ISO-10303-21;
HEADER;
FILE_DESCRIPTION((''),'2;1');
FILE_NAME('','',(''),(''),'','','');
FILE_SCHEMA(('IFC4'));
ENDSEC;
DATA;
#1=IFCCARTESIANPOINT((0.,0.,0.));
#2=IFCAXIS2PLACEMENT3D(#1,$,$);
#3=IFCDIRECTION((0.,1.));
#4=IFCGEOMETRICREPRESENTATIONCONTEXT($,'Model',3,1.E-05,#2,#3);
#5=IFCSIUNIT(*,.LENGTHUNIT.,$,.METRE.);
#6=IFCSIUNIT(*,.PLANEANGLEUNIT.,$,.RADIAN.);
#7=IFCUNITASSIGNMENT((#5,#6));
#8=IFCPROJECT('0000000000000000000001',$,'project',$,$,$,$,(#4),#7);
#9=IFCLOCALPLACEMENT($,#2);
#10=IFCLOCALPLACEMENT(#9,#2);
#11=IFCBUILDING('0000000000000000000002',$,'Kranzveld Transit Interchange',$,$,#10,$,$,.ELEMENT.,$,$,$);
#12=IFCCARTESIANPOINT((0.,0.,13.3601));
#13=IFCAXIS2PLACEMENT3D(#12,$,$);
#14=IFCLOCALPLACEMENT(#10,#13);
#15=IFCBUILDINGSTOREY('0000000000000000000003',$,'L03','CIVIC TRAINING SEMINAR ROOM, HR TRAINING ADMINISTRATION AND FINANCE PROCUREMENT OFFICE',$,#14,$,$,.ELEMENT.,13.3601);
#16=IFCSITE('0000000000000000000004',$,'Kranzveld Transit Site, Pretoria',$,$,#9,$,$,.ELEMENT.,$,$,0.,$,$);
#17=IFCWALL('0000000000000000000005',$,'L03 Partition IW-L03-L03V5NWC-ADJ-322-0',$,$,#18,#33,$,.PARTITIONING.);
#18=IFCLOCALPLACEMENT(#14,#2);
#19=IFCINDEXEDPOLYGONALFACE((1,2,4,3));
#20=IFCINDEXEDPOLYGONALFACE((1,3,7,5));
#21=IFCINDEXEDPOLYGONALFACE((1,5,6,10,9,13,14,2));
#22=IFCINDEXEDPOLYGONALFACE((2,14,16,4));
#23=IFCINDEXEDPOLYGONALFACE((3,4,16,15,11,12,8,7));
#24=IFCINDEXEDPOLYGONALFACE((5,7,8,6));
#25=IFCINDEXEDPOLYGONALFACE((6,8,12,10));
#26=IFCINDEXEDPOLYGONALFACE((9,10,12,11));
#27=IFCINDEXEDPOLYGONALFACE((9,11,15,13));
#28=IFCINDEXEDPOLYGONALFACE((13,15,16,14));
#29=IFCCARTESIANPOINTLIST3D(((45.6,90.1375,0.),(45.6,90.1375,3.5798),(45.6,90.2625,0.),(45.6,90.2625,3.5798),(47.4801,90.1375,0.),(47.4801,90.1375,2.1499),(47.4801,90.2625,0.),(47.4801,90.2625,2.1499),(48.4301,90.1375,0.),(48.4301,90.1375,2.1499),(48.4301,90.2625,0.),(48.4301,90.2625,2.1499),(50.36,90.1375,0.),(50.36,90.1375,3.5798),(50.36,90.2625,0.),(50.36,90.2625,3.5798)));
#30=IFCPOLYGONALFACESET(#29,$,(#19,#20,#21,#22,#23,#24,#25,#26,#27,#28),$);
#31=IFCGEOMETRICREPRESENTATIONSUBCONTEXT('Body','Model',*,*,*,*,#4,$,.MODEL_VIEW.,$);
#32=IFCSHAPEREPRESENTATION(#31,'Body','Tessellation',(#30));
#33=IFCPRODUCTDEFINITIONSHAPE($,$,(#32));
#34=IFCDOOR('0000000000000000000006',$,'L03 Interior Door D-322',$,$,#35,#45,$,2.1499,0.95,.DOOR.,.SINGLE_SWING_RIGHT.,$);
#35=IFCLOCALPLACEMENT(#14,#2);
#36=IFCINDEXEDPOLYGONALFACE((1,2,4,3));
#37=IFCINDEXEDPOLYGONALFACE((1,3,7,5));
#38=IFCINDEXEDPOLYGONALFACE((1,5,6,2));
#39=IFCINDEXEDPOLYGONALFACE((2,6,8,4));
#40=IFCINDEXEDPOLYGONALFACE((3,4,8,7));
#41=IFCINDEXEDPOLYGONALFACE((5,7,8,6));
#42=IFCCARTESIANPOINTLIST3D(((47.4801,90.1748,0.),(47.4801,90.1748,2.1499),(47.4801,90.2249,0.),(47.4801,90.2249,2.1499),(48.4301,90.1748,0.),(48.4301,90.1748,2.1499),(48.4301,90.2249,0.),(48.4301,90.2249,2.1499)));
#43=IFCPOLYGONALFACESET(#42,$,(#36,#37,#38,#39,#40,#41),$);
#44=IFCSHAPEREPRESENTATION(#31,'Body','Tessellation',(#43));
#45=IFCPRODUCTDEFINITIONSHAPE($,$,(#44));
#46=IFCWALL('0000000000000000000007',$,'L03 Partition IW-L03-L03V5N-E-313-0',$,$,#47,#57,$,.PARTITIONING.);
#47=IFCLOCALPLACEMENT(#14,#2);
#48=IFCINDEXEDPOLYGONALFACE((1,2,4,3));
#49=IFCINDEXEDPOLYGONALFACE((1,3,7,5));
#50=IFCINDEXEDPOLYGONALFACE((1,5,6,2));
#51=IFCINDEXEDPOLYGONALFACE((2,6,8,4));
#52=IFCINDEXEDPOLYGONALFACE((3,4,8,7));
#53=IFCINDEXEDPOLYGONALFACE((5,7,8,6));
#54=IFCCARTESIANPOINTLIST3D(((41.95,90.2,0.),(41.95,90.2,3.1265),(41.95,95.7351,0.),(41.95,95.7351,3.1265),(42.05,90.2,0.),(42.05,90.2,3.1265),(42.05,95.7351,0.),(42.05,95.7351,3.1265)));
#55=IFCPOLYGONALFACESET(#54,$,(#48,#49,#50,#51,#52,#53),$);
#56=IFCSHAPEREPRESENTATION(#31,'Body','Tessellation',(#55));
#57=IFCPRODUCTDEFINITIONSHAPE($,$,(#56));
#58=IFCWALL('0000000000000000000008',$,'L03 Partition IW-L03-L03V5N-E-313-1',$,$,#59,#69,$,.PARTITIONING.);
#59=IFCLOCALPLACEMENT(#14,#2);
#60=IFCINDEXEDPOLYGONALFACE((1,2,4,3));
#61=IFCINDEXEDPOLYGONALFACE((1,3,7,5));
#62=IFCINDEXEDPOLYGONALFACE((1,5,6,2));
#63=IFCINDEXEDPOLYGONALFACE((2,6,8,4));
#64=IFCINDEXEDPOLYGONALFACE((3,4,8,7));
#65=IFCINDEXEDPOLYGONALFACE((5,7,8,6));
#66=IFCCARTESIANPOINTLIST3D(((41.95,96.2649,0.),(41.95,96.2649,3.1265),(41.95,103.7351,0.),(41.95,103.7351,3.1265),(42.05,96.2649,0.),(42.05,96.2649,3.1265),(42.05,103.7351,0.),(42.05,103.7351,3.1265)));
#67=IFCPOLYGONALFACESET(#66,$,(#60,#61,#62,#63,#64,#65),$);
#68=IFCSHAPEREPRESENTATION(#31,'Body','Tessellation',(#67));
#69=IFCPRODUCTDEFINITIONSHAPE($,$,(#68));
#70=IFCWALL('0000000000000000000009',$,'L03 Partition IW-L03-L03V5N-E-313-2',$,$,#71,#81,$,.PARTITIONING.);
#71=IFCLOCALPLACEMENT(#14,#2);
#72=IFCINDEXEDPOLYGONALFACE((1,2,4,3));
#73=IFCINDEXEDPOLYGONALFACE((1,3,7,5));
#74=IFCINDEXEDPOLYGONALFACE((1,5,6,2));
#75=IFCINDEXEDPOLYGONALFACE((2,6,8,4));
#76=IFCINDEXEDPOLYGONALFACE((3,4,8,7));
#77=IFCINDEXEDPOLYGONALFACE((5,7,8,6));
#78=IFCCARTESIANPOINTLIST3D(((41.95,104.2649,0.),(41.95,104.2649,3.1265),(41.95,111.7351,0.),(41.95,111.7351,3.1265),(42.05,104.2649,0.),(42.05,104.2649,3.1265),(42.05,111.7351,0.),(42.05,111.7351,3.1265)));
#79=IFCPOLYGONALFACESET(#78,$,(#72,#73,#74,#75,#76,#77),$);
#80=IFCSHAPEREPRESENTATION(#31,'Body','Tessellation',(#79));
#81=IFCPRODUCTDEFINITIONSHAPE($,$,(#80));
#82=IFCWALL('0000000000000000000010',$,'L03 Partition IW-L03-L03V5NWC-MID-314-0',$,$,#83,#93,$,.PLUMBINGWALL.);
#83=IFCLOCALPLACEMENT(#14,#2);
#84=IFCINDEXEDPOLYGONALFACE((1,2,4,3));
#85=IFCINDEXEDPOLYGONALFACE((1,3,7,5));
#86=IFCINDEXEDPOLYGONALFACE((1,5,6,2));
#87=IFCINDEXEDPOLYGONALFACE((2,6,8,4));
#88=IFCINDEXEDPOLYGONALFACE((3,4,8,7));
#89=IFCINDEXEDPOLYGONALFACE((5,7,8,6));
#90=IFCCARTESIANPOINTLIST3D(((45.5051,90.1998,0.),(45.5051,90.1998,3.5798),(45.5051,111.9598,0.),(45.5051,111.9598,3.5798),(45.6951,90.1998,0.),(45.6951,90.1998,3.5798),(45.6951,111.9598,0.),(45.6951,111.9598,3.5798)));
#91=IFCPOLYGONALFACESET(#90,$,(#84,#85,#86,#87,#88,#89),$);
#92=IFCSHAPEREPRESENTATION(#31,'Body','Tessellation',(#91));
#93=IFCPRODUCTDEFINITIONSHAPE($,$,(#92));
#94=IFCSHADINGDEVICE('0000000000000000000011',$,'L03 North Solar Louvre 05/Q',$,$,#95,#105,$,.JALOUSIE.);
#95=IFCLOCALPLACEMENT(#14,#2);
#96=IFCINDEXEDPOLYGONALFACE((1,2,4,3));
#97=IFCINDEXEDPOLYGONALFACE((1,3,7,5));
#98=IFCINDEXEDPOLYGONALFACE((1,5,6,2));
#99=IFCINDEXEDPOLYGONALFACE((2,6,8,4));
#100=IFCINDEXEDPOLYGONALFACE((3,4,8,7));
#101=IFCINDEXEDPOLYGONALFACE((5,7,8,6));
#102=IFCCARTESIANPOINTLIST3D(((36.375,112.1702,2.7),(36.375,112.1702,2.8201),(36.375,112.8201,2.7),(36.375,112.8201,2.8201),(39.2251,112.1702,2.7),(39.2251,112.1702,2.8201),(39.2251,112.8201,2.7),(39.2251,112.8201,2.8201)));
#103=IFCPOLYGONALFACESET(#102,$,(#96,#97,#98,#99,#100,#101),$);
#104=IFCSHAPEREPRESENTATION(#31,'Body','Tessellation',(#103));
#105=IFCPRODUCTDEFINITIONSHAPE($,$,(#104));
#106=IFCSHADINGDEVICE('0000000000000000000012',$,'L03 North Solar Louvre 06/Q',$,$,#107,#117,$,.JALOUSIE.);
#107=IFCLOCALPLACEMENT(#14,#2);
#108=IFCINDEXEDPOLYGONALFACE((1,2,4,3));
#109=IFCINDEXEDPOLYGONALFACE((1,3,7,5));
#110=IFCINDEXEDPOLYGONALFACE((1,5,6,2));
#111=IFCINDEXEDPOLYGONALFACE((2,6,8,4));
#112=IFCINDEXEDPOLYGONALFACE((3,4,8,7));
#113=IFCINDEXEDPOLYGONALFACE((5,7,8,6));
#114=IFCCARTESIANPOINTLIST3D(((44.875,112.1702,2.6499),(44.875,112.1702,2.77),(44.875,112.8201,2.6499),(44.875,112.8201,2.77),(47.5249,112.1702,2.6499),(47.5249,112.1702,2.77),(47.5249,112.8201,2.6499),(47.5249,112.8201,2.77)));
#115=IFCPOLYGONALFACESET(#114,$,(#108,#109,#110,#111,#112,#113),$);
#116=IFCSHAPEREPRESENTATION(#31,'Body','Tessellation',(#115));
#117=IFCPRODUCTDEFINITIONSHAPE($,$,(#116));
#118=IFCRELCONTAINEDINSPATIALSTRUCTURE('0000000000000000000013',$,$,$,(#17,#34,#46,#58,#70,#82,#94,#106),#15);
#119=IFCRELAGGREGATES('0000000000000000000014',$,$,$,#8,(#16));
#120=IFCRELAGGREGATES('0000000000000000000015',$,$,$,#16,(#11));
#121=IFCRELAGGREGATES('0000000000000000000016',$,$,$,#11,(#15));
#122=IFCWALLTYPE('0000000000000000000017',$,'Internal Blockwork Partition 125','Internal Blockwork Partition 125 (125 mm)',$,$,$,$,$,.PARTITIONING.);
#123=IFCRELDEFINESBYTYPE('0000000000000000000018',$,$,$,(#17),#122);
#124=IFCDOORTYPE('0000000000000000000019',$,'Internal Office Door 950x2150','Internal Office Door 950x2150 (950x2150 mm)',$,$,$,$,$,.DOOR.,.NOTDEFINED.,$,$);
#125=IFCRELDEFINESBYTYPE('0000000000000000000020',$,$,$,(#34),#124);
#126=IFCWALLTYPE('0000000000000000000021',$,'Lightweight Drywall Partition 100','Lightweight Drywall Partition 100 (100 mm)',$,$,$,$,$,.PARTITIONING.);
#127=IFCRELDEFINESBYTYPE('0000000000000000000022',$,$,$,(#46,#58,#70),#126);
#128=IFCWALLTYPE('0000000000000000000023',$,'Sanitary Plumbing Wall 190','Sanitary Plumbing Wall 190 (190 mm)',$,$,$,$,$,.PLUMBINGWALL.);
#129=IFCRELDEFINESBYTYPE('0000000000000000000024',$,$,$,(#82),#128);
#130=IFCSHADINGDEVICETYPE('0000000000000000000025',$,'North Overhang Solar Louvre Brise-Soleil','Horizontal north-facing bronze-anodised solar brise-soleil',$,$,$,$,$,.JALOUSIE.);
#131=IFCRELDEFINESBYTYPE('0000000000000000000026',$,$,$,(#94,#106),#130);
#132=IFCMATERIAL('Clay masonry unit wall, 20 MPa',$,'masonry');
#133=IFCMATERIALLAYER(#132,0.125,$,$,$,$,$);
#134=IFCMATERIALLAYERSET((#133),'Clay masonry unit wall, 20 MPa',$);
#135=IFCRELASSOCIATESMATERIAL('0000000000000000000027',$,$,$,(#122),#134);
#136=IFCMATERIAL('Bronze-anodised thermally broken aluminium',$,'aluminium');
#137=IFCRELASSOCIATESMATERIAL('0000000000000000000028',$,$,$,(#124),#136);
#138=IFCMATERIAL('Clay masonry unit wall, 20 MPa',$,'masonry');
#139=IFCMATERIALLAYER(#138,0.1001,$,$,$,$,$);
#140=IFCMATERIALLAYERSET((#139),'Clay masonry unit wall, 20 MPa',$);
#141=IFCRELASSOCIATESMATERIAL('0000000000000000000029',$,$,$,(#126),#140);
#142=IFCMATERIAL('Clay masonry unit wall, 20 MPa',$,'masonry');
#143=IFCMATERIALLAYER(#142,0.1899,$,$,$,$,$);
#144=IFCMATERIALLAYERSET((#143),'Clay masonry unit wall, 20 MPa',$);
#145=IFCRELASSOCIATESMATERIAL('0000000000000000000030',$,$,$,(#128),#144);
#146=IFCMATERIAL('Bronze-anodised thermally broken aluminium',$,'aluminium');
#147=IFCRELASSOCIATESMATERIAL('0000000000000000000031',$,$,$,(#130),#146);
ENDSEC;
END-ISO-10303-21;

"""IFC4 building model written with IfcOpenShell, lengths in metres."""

from ifc_helpers import new_model, si_unit, direction, frame, frame_2d, origin, origin_2d, place, context, subcontext, project, spatial, rectangle, extrude, material, layer, layer_set, type_object, element, fill, save


model = new_model("IFC4")

# Units and contexts
model_context = context("Model", 3, precision=1e-05, world=origin(), true_north=direction((0.0, 1.0)))
body_context = subcontext(model_context, "Body", "Model", "MODEL_VIEW")
ifc_project = project(units=[si_unit("LENGTHUNIT", "METRE"), si_unit("PLANEANGLEUNIT", "RADIAN")], contexts=[model_context])

# Site, building, storey
site_placement = place(None, origin())
site = spatial("IfcSite", under=ifc_project, at=site_placement, Name="Kranzveld Transit Site, Pretoria", CompositionType="ELEMENT", RefElevation=0.0)
building_placement = place(site_placement, origin())
building = spatial("IfcBuilding", under=site, at=building_placement, Name="Kranzveld Transit Interchange", CompositionType="ELEMENT")
storey_placement = place(building_placement, frame((0.0, 0.0, 13.3601)))
storey = spatial("IfcBuildingStorey", under=building, at=storey_placement, Name="L03", Description="CIVIC TRAINING SEMINAR ROOM, HR TRAINING ADMINISTRATION AND FINANCE PROCUREMENT OFFICE", CompositionType="ELEMENT", Elevation=13.3601)

# Wall, opening, door
ifc_material_1 = material(Name="Clay masonry unit wall, 20 MPa", Category="masonry")
ifc_layer_1 = layer(ifc_material_1, 0.125)
ifc_layer_set_1 = layer_set([ifc_layer_1], Name="Clay masonry unit wall, 20 MPa")
wall_type_1 = type_object("IfcWallType", Name="Internal Blockwork Partition 125", Description="Internal Blockwork Partition 125 (125 mm)", PredefinedType="PARTITIONING", material=ifc_layer_set_1)
wall_1_placement = place(storey_placement, frame((45.6001, 90.2, 0.0), z_axis=(0.0, 0.0, 1.0), x_axis=(1.0, 0.0, 0.0)))
wall_1 = element("IfcWall", 1, at=wall_1_placement, inside=storey, type_object=wall_type_1, Name="L03 Partition IW-L03-L03V5NWC-ADJ-322-0", PredefinedType="PARTITIONING", context=body_context, shape_type="SweptSolid", body=[
    extrude(rectangle(XDim=4.76, YDim=0.125, at=frame_2d((2.3799, 0.0))), origin(), (0.0, 0.0, 1.0), 3.5798),
])
opening_1_placement = place(wall_1_placement, frame((1.8799, 0.0, 0.0), z_axis=(0.0, 0.0, 1.0), x_axis=(1.0, 0.0, 0.0)))
opening_1 = element("IfcOpeningElement", 2, at=opening_1_placement, cuts=wall_1, PredefinedType="OPENING", context=body_context, shape_type="SweptSolid", body=[
    extrude(rectangle(XDim=0.95, YDim=2.1499, at=frame_2d((0.4751, 1.075))), frame((0.0, 0.0725, 0.0), z_axis=(0.0, -1.0, 0.0), x_axis=(1.0, 0.0, 0.0)), (0.0, 0.0, 1.0), 0.145),
])
ifc_material_2 = material(Name="Bronze-anodised thermally broken aluminium", Category="aluminium")
door_type_1 = type_object("IfcDoorType", Name="Internal Office Door 950x2150", Description="Internal Office Door 950x2150 (950x2150 mm)", OperationType="NOTDEFINED", PredefinedType="DOOR", material=ifc_material_2)
door_1_placement = place(opening_1_placement, origin())
door_1 = element("IfcDoor", 3, at=door_1_placement, inside=storey, type_object=door_type_1, Name="L03 Interior Door D-322", OperationType="SINGLE_SWING_RIGHT", OverallHeight=2.1499, OverallWidth=0.95, PredefinedType="DOOR", context=body_context, shape_type="SweptSolid", body=[
    extrude(rectangle(XDim=0.95, YDim=2.1499, at=frame_2d((0.4751, 1.075))), frame((0.0, 0.0249, 0.0), z_axis=(0.0, -1.0, 0.0), x_axis=(1.0, 0.0, 0.0)), (0.0, 0.0, 1.0), 0.05),
])
fill(opening_1, door_1)

# Walls
ifc_material_3 = material(Name="Clay masonry unit wall, 20 MPa", Category="masonry")
ifc_layer_2 = layer(ifc_material_3, 0.1001)
ifc_layer_set_2 = layer_set([ifc_layer_2], Name="Clay masonry unit wall, 20 MPa")
wall_type_2 = type_object("IfcWallType", Name="Lightweight Drywall Partition 100", Description="Lightweight Drywall Partition 100 (100 mm)", PredefinedType="PARTITIONING", material=ifc_layer_set_2)
wall_2_placement = place(storey_placement, frame((42.0, 90.2, 0.0), z_axis=(0.0, 0.0, 1.0), x_axis=(0.0, 1.0, 0.0)))
element("IfcWall", 4, at=wall_2_placement, inside=storey, type_object=wall_type_2, Name="L03 Partition IW-L03-L03V5N-E-313-0", PredefinedType="PARTITIONING", context=body_context, shape_type="SweptSolid", body=[
    extrude(rectangle(XDim=5.5352, YDim=0.1001, at=frame_2d((2.7676, 0.0))), origin(), (0.0, 0.0, 1.0), 3.1265),
])
for number, where, z_axis, x_axis, name in (
    (5, (42.0, 96.2649, 0.0), (0.0, 0.0, 1.0), (0.0, 1.0, 0.0), "L03 Partition IW-L03-L03V5N-E-313-1"),
    (6, (42.0, 104.2649, 0.0), (0.0, 0.0, 1.0), (0.0, 1.0, 0.0), "L03 Partition IW-L03-L03V5N-E-313-2"),
):
    element("IfcWall", number, at=place(storey_placement, frame(where, z_axis=z_axis, x_axis=x_axis)), inside=storey, type_object=wall_type_2, Name=name, PredefinedType="PARTITIONING", context=body_context, shape_type="SweptSolid", body=[
        extrude(rectangle(XDim=7.4702, YDim=0.1001, at=frame_2d((3.7351, 0.0))), origin(), (0.0, 0.0, 1.0), 3.1265),
    ])

# Shared definitions
ifc_material_4 = material(Name="Clay masonry unit wall, 20 MPa", Category="masonry")
ifc_layer_3 = layer(ifc_material_4, 0.1899)
ifc_layer_set_3 = layer_set([ifc_layer_3], Name="Clay masonry unit wall, 20 MPa")
wall_type_3 = type_object("IfcWallType", Name="Sanitary Plumbing Wall 190", Description="Sanitary Plumbing Wall 190 (190 mm)", PredefinedType="PLUMBINGWALL", material=ifc_layer_set_3)

# Wall
wall_3_placement = place(storey_placement, frame((45.6001, 90.2, 0.0), z_axis=(0.0, 0.0, 1.0), x_axis=(0.0, 1.0, 0.0)))
element("IfcWall", 7, at=wall_3_placement, inside=storey, type_object=wall_type_3, Name="L03 Partition IW-L03-L03V5NWC-MID-314-0", PredefinedType="PLUMBINGWALL", context=body_context, shape_type="SweptSolid", body=[
    extrude(rectangle(XDim=21.76, YDim=0.1899, at=frame_2d((10.8799, 0.0))), origin(), (0.0, 0.0, 1.0), 3.5798),
])

# Shading devices
ifc_material_5 = material(Name="Bronze-anodised thermally broken aluminium", Category="aluminium")
shading_device_type = type_object("IfcShadingDeviceType", Name="North Overhang Solar Louvre Brise-Soleil", Description="Horizontal north-facing bronze-anodised solar brise-soleil", PredefinedType="JALOUSIE", material=ifc_material_5)
shading_device_1_placement = place(storey_placement, frame((37.8, 112.4951, 2.7), z_axis=(0.0, 0.0, 1.0), x_axis=(1.0, 0.0, 0.0)))
element("IfcShadingDevice", 8, at=shading_device_1_placement, inside=storey, type_object=shading_device_type, Name="L03 North Solar Louvre 05/Q", PredefinedType="JALOUSIE", context=body_context, shape_type="SweptSolid", body=[
    extrude(rectangle(XDim=2.8501, YDim=0.6499, at=origin_2d()), origin(), (0.0, 0.0, 1.0), 0.1201),
])
shading_device_2_placement = place(storey_placement, frame((46.2, 112.4951, 2.6499), z_axis=(0.0, 0.0, 1.0), x_axis=(1.0, 0.0, 0.0)))
element("IfcShadingDevice", 9, at=shading_device_2_placement, inside=storey, type_object=shading_device_type, Name="L03 North Solar Louvre 06/Q", PredefinedType="JALOUSIE", context=body_context, shape_type="SweptSolid", body=[
    extrude(rectangle(XDim=2.6499, YDim=0.6499, at=origin_2d()), origin(), (0.0, 0.0, 1.0), 0.1201),
])

save(model, "model.ifc")
